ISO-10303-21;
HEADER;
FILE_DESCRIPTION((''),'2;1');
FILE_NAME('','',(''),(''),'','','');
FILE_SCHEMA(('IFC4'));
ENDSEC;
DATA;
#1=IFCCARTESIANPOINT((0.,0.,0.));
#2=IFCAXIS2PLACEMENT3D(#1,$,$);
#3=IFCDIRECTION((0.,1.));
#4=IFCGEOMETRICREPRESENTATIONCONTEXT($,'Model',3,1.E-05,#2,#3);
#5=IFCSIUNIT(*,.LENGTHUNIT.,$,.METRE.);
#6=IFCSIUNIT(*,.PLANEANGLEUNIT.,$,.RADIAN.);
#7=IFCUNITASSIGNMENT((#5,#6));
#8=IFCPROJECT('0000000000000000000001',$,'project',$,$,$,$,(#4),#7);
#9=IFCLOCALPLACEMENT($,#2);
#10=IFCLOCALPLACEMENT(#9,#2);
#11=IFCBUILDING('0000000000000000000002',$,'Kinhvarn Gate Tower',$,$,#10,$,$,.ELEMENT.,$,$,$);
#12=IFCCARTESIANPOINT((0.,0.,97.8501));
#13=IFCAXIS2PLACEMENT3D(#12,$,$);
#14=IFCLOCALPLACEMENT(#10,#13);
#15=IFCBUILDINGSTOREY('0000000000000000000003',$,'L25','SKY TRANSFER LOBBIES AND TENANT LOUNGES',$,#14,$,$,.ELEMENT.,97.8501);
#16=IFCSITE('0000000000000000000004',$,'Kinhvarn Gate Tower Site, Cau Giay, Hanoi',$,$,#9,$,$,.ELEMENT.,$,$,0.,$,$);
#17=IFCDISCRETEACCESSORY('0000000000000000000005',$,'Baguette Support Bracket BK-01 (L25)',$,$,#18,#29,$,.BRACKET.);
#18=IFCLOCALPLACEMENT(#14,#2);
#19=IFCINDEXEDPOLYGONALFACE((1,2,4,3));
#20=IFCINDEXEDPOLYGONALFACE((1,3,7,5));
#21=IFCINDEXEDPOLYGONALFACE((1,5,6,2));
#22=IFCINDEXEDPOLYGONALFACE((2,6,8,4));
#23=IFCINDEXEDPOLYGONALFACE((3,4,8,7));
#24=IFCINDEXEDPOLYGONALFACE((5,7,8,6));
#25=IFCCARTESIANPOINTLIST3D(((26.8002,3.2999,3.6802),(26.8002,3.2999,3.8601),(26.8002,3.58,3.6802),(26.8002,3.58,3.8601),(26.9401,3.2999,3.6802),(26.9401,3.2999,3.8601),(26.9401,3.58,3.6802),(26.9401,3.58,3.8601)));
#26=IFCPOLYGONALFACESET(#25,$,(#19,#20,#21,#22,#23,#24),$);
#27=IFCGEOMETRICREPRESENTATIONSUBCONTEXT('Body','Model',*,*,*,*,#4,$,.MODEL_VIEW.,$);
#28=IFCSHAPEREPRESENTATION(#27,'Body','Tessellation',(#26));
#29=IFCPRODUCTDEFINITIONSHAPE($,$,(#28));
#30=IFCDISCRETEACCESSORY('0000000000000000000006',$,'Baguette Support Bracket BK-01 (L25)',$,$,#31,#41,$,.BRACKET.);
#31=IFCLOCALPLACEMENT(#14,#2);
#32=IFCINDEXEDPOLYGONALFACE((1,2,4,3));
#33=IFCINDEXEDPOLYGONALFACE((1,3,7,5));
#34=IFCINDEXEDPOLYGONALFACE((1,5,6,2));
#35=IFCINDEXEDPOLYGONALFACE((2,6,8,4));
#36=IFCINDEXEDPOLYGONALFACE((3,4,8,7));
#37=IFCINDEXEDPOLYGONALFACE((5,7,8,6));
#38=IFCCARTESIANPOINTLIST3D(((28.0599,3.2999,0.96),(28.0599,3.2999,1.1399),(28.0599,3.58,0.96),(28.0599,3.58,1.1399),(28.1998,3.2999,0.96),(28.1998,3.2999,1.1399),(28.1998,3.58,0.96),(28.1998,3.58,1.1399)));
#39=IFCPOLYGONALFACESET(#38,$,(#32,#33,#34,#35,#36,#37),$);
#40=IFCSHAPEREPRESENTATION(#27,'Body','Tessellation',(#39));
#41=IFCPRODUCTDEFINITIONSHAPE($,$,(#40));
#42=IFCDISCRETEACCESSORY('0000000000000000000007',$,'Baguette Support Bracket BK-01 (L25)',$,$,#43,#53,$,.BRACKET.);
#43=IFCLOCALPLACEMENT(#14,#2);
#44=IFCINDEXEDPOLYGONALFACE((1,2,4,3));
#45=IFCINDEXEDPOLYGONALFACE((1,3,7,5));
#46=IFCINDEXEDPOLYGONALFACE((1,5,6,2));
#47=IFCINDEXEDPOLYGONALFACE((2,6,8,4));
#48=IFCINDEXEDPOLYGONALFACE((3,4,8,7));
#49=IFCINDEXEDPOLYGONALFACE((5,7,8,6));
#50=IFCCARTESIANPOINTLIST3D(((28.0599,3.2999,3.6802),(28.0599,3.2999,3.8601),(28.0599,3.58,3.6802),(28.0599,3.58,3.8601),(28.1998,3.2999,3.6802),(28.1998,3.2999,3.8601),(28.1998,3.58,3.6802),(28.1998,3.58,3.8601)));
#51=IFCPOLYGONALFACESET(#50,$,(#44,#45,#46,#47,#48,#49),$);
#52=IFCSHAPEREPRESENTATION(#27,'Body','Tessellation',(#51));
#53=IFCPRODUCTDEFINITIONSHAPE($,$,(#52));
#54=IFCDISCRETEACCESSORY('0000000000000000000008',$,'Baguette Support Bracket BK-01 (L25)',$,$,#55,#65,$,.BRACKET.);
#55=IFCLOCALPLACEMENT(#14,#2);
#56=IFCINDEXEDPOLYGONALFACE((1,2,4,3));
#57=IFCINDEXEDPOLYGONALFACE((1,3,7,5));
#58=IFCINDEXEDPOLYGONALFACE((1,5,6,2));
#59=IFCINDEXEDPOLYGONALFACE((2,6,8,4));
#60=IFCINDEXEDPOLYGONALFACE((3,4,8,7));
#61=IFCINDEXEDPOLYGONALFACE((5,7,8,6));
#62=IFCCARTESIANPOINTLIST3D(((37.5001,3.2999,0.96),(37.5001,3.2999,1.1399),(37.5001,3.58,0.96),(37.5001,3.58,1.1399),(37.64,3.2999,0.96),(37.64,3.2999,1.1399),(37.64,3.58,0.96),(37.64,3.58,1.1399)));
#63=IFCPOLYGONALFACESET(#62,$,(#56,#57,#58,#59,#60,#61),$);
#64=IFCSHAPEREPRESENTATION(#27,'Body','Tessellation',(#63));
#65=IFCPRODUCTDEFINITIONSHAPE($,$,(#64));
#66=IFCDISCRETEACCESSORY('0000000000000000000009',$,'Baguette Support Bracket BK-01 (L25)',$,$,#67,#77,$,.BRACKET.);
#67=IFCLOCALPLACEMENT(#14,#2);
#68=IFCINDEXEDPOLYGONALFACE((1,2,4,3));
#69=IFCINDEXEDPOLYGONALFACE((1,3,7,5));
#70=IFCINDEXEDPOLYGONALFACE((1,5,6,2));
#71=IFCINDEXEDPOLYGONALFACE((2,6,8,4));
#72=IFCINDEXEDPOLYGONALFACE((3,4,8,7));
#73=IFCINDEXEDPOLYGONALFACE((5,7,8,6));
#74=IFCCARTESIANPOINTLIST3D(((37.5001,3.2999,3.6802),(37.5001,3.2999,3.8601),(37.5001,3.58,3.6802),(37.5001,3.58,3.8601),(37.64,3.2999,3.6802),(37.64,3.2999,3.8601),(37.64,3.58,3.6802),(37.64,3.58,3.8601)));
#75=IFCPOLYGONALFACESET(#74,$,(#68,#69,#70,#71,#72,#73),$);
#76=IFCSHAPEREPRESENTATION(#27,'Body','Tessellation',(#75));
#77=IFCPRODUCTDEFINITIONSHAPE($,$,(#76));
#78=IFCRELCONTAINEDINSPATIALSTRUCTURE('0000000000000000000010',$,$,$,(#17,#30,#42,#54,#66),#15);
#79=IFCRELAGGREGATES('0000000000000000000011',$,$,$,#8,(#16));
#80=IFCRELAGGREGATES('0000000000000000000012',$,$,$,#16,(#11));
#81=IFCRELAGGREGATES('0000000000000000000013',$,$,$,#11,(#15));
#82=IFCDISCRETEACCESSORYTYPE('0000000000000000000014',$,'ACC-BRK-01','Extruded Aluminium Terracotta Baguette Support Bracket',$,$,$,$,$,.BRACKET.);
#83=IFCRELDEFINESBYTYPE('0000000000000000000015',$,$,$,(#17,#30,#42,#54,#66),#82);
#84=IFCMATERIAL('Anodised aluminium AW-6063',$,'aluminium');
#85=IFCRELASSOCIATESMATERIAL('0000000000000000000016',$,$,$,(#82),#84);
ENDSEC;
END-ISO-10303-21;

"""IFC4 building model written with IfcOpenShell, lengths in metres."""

from ifc_helpers import new_model, si_unit, direction, frame, origin, origin_2d, place, context, subcontext, project, spatial, rectangle, extrude, material, type_object, element, save


model = new_model("IFC4")

# Units and contexts
model_context = context("Model", 3, precision=1e-05, world=origin(), true_north=direction((0.0, 1.0)))
body_context = subcontext(model_context, "Body", "Model", "MODEL_VIEW")
ifc_project = project(units=[si_unit("LENGTHUNIT", "METRE"), si_unit("PLANEANGLEUNIT", "RADIAN")], contexts=[model_context])

# Site, building, storey
site_placement = place(None, origin())
site = spatial("IfcSite", under=ifc_project, at=site_placement, Name="Kinhvarn Gate Tower Site, Cau Giay, Hanoi", CompositionType="ELEMENT", RefElevation=0.0)
building_placement = place(site_placement, origin())
building = spatial("IfcBuilding", under=site, at=building_placement, Name="Kinhvarn Gate Tower", CompositionType="ELEMENT")
storey_placement = place(building_placement, frame((0.0, 0.0, 97.8501)))
storey = spatial("IfcBuildingStorey", under=building, at=storey_placement, Name="L25", Description="SKY TRANSFER LOBBIES AND TENANT LOUNGES", CompositionType="ELEMENT", Elevation=97.8501)

# Shared definitions
ifc_material_1 = material(Name="Anodised aluminium AW-6063", Category="aluminium")

# Discrete accessories
discrete_accessory_type = type_object("IfcDiscreteAccessoryType", Name="ACC-BRK-01", Description="Extruded Aluminium Terracotta Baguette Support Bracket", PredefinedType="BRACKET", material=ifc_material_1)
for number, where, z_axis, x_axis, name in (
    (1, (26.8701, 3.4399, 3.6802), (0.0, 0.0, 1.0), (1.0, 0.0, 0.0), "Baguette Support Bracket BK-01 (L25)"),
    (2, (28.1299, 3.4399, 0.96), (0.0, 0.0, 1.0), (1.0, 0.0, 0.0), "Baguette Support Bracket BK-01 (L25)"),
    (3, (28.1299, 3.4399, 3.6802), (0.0, 0.0, 1.0), (1.0, 0.0, 0.0), "Baguette Support Bracket BK-01 (L25)"),
    (4, (37.5701, 3.4399, 0.96), (0.0, 0.0, 1.0), (1.0, 0.0, 0.0), "Baguette Support Bracket BK-01 (L25)"),
    (5, (37.5701, 3.4399, 3.6802), (0.0, 0.0, 1.0), (1.0, 0.0, 0.0), "Baguette Support Bracket BK-01 (L25)"),
):
    element("IfcDiscreteAccessory", number, at=place(storey_placement, frame(where, z_axis=z_axis, x_axis=x_axis)), inside=storey, type_object=discrete_accessory_type, Name=name, PredefinedType="BRACKET", context=body_context, shape_type="SweptSolid", body=[
        extrude(rectangle(XDim=0.1399, YDim=0.28, at=origin_2d()), origin(), (0.0, 0.0, 1.0), 0.1799),
    ])

save(model, "model.ifc")
